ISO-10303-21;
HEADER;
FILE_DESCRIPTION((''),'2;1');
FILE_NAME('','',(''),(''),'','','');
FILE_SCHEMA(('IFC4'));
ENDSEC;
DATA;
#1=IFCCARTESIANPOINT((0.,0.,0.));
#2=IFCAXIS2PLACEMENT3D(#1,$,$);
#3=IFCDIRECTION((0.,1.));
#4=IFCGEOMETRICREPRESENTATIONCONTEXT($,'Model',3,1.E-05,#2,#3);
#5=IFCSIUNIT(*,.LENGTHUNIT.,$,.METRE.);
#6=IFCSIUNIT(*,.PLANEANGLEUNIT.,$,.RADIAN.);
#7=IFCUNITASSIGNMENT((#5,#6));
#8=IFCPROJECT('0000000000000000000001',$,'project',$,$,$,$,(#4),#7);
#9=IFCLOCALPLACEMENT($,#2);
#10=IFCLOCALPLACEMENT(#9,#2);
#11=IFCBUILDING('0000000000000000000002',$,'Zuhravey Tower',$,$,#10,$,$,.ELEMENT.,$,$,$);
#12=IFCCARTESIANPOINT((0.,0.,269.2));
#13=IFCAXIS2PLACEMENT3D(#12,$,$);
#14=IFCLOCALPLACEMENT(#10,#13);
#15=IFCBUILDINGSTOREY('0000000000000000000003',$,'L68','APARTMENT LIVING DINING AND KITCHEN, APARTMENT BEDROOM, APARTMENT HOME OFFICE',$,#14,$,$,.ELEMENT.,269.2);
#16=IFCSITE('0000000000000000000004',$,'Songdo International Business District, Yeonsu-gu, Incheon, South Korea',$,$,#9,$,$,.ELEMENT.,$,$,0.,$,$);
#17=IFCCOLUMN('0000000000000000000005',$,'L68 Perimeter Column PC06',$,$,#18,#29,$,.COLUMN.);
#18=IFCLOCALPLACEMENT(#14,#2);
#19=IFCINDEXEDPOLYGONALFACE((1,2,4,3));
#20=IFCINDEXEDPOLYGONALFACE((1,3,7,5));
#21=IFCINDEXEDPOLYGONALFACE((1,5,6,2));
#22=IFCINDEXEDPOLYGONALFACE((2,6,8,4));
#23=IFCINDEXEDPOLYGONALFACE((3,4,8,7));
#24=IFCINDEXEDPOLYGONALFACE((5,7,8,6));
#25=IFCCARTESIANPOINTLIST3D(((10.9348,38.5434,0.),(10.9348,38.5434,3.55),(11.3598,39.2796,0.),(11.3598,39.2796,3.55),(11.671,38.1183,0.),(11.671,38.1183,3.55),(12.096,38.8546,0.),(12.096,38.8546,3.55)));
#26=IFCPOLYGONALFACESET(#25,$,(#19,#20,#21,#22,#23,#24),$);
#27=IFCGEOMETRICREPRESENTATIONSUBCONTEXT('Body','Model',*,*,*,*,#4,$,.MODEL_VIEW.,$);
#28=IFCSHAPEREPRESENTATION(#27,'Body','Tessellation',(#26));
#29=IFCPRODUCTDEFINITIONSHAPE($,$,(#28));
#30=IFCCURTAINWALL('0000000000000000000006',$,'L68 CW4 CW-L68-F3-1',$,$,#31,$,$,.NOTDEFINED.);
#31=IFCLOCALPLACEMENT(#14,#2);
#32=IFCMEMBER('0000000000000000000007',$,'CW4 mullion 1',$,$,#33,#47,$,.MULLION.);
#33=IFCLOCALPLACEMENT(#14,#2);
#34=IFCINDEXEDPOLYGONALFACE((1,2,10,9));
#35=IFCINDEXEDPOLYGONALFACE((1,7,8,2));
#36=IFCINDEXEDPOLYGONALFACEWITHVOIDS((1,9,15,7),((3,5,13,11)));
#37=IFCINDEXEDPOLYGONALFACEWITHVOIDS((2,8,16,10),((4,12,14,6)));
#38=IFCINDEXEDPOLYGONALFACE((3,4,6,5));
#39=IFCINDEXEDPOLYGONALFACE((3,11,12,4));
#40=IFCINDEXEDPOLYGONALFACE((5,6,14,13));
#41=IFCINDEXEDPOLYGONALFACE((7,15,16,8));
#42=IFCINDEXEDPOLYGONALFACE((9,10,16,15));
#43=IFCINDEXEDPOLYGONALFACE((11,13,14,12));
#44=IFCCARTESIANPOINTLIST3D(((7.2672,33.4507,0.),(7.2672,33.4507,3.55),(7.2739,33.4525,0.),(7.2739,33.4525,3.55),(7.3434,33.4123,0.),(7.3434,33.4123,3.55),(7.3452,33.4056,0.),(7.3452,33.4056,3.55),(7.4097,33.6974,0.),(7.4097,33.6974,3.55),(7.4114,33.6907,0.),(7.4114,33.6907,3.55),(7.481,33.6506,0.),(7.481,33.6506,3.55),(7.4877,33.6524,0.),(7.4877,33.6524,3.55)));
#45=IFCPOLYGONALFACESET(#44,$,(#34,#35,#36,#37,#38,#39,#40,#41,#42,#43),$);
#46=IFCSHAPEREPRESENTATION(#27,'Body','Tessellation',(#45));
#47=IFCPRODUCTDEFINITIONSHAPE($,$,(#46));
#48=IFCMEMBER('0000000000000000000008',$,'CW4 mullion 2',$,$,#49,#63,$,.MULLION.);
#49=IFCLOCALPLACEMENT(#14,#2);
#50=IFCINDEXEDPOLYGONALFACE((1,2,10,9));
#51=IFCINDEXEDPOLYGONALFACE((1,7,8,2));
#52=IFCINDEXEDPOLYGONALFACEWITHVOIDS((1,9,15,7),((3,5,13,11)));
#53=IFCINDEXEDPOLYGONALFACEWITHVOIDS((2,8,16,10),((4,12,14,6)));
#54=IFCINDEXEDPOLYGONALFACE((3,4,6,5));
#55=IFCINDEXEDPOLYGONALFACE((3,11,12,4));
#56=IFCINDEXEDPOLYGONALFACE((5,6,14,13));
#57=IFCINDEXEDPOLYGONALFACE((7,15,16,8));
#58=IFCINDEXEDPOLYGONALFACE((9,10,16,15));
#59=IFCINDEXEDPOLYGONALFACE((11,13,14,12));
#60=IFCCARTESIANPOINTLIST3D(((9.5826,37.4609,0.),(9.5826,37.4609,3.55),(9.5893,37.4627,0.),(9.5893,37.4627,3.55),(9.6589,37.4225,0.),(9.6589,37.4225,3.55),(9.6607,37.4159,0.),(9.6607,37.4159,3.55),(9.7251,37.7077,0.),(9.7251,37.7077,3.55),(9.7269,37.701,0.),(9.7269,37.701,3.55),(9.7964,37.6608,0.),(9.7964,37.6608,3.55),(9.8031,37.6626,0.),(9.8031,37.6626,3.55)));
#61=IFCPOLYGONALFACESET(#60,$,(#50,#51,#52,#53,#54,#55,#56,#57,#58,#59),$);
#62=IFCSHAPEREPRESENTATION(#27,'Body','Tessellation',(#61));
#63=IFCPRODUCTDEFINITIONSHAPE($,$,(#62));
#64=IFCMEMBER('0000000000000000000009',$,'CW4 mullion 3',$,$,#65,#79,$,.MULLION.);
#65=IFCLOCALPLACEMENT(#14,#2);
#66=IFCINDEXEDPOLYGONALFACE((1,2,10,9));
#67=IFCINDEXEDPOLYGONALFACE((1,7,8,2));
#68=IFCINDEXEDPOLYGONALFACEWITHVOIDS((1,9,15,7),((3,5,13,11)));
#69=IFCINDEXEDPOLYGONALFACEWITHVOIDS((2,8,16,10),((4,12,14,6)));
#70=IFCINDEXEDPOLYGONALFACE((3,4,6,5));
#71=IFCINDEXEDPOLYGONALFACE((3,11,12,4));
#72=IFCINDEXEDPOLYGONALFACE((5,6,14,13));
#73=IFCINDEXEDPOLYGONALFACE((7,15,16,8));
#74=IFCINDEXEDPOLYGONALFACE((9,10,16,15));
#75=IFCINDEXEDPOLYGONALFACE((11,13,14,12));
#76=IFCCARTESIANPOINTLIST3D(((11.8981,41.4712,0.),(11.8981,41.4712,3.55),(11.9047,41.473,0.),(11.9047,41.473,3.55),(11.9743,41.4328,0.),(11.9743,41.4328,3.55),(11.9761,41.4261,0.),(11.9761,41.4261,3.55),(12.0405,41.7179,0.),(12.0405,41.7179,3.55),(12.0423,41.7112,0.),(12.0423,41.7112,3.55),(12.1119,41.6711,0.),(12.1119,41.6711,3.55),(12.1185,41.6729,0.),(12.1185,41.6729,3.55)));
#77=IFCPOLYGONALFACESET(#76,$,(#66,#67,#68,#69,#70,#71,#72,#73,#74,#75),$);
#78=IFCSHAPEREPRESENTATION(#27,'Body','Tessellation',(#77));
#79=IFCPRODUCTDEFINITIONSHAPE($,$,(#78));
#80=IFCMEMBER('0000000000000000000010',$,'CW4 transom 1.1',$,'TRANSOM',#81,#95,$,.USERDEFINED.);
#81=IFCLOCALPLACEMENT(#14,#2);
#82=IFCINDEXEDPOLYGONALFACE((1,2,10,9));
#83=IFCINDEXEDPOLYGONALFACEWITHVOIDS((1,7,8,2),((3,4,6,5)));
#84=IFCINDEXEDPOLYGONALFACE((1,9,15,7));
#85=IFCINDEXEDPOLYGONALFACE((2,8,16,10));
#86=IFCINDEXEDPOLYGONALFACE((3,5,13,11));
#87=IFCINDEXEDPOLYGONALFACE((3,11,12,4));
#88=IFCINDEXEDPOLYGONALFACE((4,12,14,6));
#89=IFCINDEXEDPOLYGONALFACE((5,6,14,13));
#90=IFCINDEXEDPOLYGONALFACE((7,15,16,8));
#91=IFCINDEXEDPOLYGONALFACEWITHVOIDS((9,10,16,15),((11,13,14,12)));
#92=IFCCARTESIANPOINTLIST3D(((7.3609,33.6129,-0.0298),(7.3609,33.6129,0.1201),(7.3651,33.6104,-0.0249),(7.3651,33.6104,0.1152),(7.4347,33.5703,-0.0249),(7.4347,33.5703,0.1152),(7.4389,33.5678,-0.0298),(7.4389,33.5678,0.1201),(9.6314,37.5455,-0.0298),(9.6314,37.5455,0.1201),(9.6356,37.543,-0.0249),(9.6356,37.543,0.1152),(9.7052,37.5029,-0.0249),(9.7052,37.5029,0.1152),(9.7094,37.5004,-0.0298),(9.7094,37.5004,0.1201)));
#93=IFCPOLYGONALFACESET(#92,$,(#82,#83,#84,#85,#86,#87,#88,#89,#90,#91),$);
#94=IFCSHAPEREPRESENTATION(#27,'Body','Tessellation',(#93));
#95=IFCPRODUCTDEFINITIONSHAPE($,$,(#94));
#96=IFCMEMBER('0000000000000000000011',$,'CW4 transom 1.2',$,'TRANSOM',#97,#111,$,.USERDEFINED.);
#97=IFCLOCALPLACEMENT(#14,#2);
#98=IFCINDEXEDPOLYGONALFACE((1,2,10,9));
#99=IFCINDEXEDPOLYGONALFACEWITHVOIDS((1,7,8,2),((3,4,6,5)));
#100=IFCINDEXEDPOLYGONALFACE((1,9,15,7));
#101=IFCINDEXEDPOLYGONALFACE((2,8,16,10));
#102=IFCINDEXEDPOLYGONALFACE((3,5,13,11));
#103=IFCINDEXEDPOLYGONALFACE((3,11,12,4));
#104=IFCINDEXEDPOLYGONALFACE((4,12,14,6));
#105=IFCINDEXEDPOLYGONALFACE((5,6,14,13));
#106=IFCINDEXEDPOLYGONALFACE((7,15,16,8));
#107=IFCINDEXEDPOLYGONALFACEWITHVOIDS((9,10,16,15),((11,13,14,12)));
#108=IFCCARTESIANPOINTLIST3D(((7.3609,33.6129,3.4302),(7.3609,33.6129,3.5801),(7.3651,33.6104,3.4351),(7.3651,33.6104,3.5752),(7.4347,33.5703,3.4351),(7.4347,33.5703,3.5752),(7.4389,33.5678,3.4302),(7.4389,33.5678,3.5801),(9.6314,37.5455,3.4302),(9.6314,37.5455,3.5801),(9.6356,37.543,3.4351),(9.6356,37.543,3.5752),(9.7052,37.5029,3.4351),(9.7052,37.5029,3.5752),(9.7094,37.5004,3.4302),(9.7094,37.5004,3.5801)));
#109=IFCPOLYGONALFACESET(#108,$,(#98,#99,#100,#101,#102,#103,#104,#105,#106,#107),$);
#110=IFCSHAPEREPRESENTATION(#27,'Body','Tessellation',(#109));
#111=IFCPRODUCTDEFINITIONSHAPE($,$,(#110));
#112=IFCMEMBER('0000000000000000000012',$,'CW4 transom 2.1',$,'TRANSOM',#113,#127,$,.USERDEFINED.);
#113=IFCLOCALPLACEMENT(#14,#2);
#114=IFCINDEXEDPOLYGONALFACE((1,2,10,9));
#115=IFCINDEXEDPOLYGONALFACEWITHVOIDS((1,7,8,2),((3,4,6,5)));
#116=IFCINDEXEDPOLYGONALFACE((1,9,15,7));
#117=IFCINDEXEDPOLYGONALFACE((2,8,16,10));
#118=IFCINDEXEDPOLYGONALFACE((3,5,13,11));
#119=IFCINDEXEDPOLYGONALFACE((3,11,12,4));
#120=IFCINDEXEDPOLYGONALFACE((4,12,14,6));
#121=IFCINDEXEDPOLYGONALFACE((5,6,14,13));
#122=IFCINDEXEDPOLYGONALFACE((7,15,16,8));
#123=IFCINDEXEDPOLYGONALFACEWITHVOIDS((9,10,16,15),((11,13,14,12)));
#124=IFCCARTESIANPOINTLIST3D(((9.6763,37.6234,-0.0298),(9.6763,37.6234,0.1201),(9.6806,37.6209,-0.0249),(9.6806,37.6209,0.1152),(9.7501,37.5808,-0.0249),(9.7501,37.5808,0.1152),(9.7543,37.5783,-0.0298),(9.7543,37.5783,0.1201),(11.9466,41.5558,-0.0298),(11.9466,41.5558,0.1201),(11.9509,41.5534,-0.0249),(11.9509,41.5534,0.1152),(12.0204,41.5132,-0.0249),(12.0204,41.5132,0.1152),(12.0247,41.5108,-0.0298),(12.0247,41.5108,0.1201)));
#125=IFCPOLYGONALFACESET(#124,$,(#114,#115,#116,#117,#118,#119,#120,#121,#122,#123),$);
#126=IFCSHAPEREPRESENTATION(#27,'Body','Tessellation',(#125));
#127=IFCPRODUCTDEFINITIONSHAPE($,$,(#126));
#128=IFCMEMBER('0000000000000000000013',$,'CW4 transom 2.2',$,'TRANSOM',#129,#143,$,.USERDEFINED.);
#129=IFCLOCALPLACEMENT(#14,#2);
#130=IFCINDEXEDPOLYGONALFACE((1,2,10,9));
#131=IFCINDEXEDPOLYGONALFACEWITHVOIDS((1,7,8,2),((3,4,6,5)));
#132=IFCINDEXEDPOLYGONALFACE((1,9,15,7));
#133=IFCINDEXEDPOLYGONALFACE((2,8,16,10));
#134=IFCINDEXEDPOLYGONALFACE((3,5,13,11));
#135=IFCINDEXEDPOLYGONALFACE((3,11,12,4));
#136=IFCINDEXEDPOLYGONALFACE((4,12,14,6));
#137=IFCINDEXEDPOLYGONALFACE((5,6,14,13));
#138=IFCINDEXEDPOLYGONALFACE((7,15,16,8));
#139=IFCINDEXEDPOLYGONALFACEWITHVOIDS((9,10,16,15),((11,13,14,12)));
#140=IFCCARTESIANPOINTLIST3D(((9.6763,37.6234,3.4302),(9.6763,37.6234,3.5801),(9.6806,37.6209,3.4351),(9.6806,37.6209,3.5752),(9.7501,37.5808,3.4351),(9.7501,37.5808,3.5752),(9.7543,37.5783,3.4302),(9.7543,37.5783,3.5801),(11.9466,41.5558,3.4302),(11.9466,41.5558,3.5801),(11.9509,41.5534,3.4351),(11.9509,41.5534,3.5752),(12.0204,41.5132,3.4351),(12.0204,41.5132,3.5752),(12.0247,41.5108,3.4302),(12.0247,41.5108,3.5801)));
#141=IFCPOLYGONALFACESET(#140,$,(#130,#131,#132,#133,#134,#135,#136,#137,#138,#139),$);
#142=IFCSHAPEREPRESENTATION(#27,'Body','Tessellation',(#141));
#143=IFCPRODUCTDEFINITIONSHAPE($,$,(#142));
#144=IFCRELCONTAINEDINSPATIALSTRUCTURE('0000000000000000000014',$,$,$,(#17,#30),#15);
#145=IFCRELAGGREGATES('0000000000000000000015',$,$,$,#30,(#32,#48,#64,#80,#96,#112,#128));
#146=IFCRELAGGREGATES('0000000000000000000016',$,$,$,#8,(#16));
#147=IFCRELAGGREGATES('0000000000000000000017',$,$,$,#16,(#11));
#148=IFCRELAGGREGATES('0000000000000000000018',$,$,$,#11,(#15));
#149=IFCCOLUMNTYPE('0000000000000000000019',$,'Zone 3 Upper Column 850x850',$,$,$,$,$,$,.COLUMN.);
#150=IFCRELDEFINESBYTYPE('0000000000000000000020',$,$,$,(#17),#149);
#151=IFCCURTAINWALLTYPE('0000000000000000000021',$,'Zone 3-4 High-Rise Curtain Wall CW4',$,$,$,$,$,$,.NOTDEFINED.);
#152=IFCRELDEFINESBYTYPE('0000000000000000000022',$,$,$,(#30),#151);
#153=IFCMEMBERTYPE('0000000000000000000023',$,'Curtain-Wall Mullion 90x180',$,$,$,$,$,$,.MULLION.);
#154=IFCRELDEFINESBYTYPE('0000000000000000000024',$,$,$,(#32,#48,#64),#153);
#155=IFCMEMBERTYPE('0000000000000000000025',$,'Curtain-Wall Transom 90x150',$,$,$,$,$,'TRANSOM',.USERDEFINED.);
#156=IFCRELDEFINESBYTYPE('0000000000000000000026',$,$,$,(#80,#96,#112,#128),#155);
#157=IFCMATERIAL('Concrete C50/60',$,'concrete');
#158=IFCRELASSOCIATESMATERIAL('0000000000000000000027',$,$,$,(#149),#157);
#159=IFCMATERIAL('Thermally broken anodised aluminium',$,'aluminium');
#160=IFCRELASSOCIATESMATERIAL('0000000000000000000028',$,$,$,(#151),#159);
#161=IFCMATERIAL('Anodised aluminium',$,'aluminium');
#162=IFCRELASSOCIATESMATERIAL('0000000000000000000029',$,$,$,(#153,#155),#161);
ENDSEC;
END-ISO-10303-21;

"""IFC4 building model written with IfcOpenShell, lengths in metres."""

from ifc_helpers import new_model, si_unit, direction, frame, origin, origin_2d, place, context, subcontext, project, spatial, rectangle, hollow_rectangle, extrude, material, material_profile, profile_set, type_object, element, aggregate, save


model = new_model("IFC4")

# Units and contexts
model_context = context("Model", 3, precision=1e-05, world=origin(), true_north=direction((0.0, 1.0)))
body_context = subcontext(model_context, "Body", "Model", "MODEL_VIEW")
ifc_project = project(units=[si_unit("LENGTHUNIT", "METRE"), si_unit("PLANEANGLEUNIT", "RADIAN")], contexts=[model_context])

# Site, building, storey
site_placement = place(None, origin())
site = spatial("IfcSite", under=ifc_project, at=site_placement, Name="Songdo International Business District, Yeonsu-gu, Incheon, South Korea", CompositionType="ELEMENT", RefElevation=0.0)
building_placement = place(site_placement, origin())
building = spatial("IfcBuilding", under=site, at=building_placement, Name="Zuhravey Tower", CompositionType="ELEMENT")
storey_placement = place(building_placement, frame((0.0, 0.0, 269.2)))
storey = spatial("IfcBuildingStorey", under=building, at=storey_placement, Name="L68", Description="APARTMENT LIVING DINING AND KITCHEN, APARTMENT BEDROOM, APARTMENT HOME OFFICE", CompositionType="ELEMENT", Elevation=269.2)

# Column
ifc_material_1 = material(Name="Concrete C50/60", Category="concrete")
ifc_material_profile_1 = material_profile(ifc_material_1, rectangle(XDim=0.8501, YDim=0.8501, at=origin_2d()), Name="RC-850x850")
ifc_profile_set_1 = profile_set([ifc_material_profile_1], Name="Concrete C50/60")
column_type = type_object("IfcColumnType", Name="Zone 3 Upper Column 850x850", PredefinedType="COLUMN", material=ifc_profile_set_1)
column_placement = place(storey_placement, frame((11.5154, 38.699, 0.0), z_axis=(0.0, 0.0, 1.0), x_axis=(-0.5, -0.866025, 0.0)))
element("IfcColumn", 1, at=column_placement, inside=storey, type_object=column_type, Name="L68 Perimeter Column PC06", PredefinedType="COLUMN", context=body_context, shape_type="SweptSolid", body=[
    extrude(rectangle(XDim=0.8501, YDim=0.8501, at=origin_2d()), origin(), (0.0, 0.0, 1.0), 3.55),
])

# Curtain wall, members
ifc_material_2 = material(Name="Thermally broken anodised aluminium", Category="aluminium")
curtain_wall_type = type_object("IfcCurtainWallType", Name="Zone 3-4 High-Rise Curtain Wall CW4", PredefinedType="NOTDEFINED", material=ifc_material_2)
curtain_wall_placement = place(storey_placement, origin())
curtain_wall = element("IfcCurtainWall", 2, at=curtain_wall_placement, inside=storey, type_object=curtain_wall_type, Name="L68 CW4 CW-L68-F3-1", PredefinedType="NOTDEFINED")
ifc_material_3 = material(Name="Anodised aluminium", Category="aluminium")
ifc_material_profile_2 = material_profile(ifc_material_3, hollow_rectangle(XDim=0.0901, YDim=0.2849, WallThickness=0.0049, at=origin_2d()), Name="ALU-RHS-90x285x5")
ifc_profile_set_2 = profile_set([ifc_material_profile_2], Name="Anodised aluminium")
member_type_1 = type_object("IfcMemberType", Name="Curtain-Wall Mullion 90x180", PredefinedType="MULLION", material=ifc_profile_set_2)
member_1_placement = place(storey_placement, frame((7.3774, 33.5515, 0.0), z_axis=(0.0, 0.0, 1.0), x_axis=(-0.866022, 0.500006, 0.0)))
member_1 = element("IfcMember", 3, at=member_1_placement, type_object=member_type_1, Name="CW4 mullion 1", PredefinedType="MULLION", context=body_context, shape_type="SweptSolid", body=[
    extrude(hollow_rectangle(XDim=0.0901, YDim=0.2849, WallThickness=0.0049, at=origin_2d()), origin(), (0.0, 0.0, 1.0), 3.55),
])
member_2_placement = place(storey_placement, frame((9.6929, 37.5618, 0.0), z_axis=(0.0, 0.0, 1.0), x_axis=(-0.866022, 0.500006, 0.0)))
member_2 = element("IfcMember", 4, at=member_2_placement, type_object=member_type_1, Name="CW4 mullion 2", PredefinedType="MULLION", context=body_context, shape_type="SweptSolid", body=[
    extrude(hollow_rectangle(XDim=0.0901, YDim=0.2849, WallThickness=0.0049, at=origin_2d()), origin(), (0.0, 0.0, 1.0), 3.55),
])
member_3_placement = place(storey_placement, frame((12.0083, 41.572, 0.0), z_axis=(0.0, 0.0, 1.0), x_axis=(-0.866022, 0.500006, 0.0)))
member_3 = element("IfcMember", 5, at=member_3_placement, type_object=member_type_1, Name="CW4 mullion 3", PredefinedType="MULLION", context=body_context, shape_type="SweptSolid", body=[
    extrude(hollow_rectangle(XDim=0.0901, YDim=0.2849, WallThickness=0.0049, at=origin_2d()), origin(), (0.0, 0.0, 1.0), 3.55),
])
ifc_material_profile_3 = material_profile(ifc_material_3, hollow_rectangle(XDim=0.0901, YDim=0.1499, WallThickness=0.0049, at=origin_2d()), Name="ALU-RHS-90x150x5")
ifc_profile_set_3 = profile_set([ifc_material_profile_3], Name="Anodised aluminium")
member_type_2 = type_object("IfcMemberType", Name="Curtain-Wall Transom 90x150", ElementType="TRANSOM", PredefinedType="USERDEFINED", material=ifc_profile_set_3)
member_4_placement = place(storey_placement, frame((7.3999, 33.5903, 0.0452), z_axis=(0.500002, 0.866024, 0.0), x_axis=(-0.866024, 0.500002, 0.0)))
member_4 = element("IfcMember", 6, at=member_4_placement, type_object=member_type_2, Name="CW4 transom 1.1", ObjectType="TRANSOM", PredefinedType="USERDEFINED", context=body_context, shape_type="SweptSolid", body=[
    extrude(hollow_rectangle(XDim=0.0901, YDim=0.1499, WallThickness=0.0049, at=origin_2d()), origin(), (0.0, 0.0, 1.0), 4.541),
])
member_5_placement = place(storey_placement, frame((7.3999, 33.5903, 3.5051), z_axis=(0.500002, 0.866024, 0.0), x_axis=(-0.866024, 0.500002, 0.0)))
member_5 = element("IfcMember", 7, at=member_5_placement, type_object=member_type_2, Name="CW4 transom 1.2", ObjectType="TRANSOM", PredefinedType="USERDEFINED", context=body_context, shape_type="SweptSolid", body=[
    extrude(hollow_rectangle(XDim=0.0901, YDim=0.1499, WallThickness=0.0049, at=origin_2d()), origin(), (0.0, 0.0, 1.0), 4.541),
])
member_6_placement = place(storey_placement, frame((9.7153, 37.6008, 0.0452), z_axis=(0.499985, 0.866034, 0.0), x_axis=(-0.866034, 0.499985, 0.0)))
member_6 = element("IfcMember", 8, at=member_6_placement, type_object=member_type_2, Name="CW4 transom 2.1", ObjectType="TRANSOM", PredefinedType="USERDEFINED", context=body_context, shape_type="SweptSolid", body=[
    extrude(hollow_rectangle(XDim=0.0901, YDim=0.1499, WallThickness=0.0049, at=origin_2d()), origin(), (0.0, 0.0, 1.0), 4.5408),
])
member_7_placement = place(storey_placement, frame((9.7153, 37.6008, 3.5051), z_axis=(0.499985, 0.866034, 0.0), x_axis=(-0.866034, 0.499985, 0.0)))
member_7 = element("IfcMember", 9, at=member_7_placement, type_object=member_type_2, Name="CW4 transom 2.2", ObjectType="TRANSOM", PredefinedType="USERDEFINED", context=body_context, shape_type="SweptSolid", body=[
    extrude(hollow_rectangle(XDim=0.0901, YDim=0.1499, WallThickness=0.0049, at=origin_2d()), origin(), (0.0, 0.0, 1.0), 4.5408),
])

aggregate(curtain_wall, [member_1, member_2, member_3, member_4, member_5, member_6, member_7])

save(model, "model.ifc")
